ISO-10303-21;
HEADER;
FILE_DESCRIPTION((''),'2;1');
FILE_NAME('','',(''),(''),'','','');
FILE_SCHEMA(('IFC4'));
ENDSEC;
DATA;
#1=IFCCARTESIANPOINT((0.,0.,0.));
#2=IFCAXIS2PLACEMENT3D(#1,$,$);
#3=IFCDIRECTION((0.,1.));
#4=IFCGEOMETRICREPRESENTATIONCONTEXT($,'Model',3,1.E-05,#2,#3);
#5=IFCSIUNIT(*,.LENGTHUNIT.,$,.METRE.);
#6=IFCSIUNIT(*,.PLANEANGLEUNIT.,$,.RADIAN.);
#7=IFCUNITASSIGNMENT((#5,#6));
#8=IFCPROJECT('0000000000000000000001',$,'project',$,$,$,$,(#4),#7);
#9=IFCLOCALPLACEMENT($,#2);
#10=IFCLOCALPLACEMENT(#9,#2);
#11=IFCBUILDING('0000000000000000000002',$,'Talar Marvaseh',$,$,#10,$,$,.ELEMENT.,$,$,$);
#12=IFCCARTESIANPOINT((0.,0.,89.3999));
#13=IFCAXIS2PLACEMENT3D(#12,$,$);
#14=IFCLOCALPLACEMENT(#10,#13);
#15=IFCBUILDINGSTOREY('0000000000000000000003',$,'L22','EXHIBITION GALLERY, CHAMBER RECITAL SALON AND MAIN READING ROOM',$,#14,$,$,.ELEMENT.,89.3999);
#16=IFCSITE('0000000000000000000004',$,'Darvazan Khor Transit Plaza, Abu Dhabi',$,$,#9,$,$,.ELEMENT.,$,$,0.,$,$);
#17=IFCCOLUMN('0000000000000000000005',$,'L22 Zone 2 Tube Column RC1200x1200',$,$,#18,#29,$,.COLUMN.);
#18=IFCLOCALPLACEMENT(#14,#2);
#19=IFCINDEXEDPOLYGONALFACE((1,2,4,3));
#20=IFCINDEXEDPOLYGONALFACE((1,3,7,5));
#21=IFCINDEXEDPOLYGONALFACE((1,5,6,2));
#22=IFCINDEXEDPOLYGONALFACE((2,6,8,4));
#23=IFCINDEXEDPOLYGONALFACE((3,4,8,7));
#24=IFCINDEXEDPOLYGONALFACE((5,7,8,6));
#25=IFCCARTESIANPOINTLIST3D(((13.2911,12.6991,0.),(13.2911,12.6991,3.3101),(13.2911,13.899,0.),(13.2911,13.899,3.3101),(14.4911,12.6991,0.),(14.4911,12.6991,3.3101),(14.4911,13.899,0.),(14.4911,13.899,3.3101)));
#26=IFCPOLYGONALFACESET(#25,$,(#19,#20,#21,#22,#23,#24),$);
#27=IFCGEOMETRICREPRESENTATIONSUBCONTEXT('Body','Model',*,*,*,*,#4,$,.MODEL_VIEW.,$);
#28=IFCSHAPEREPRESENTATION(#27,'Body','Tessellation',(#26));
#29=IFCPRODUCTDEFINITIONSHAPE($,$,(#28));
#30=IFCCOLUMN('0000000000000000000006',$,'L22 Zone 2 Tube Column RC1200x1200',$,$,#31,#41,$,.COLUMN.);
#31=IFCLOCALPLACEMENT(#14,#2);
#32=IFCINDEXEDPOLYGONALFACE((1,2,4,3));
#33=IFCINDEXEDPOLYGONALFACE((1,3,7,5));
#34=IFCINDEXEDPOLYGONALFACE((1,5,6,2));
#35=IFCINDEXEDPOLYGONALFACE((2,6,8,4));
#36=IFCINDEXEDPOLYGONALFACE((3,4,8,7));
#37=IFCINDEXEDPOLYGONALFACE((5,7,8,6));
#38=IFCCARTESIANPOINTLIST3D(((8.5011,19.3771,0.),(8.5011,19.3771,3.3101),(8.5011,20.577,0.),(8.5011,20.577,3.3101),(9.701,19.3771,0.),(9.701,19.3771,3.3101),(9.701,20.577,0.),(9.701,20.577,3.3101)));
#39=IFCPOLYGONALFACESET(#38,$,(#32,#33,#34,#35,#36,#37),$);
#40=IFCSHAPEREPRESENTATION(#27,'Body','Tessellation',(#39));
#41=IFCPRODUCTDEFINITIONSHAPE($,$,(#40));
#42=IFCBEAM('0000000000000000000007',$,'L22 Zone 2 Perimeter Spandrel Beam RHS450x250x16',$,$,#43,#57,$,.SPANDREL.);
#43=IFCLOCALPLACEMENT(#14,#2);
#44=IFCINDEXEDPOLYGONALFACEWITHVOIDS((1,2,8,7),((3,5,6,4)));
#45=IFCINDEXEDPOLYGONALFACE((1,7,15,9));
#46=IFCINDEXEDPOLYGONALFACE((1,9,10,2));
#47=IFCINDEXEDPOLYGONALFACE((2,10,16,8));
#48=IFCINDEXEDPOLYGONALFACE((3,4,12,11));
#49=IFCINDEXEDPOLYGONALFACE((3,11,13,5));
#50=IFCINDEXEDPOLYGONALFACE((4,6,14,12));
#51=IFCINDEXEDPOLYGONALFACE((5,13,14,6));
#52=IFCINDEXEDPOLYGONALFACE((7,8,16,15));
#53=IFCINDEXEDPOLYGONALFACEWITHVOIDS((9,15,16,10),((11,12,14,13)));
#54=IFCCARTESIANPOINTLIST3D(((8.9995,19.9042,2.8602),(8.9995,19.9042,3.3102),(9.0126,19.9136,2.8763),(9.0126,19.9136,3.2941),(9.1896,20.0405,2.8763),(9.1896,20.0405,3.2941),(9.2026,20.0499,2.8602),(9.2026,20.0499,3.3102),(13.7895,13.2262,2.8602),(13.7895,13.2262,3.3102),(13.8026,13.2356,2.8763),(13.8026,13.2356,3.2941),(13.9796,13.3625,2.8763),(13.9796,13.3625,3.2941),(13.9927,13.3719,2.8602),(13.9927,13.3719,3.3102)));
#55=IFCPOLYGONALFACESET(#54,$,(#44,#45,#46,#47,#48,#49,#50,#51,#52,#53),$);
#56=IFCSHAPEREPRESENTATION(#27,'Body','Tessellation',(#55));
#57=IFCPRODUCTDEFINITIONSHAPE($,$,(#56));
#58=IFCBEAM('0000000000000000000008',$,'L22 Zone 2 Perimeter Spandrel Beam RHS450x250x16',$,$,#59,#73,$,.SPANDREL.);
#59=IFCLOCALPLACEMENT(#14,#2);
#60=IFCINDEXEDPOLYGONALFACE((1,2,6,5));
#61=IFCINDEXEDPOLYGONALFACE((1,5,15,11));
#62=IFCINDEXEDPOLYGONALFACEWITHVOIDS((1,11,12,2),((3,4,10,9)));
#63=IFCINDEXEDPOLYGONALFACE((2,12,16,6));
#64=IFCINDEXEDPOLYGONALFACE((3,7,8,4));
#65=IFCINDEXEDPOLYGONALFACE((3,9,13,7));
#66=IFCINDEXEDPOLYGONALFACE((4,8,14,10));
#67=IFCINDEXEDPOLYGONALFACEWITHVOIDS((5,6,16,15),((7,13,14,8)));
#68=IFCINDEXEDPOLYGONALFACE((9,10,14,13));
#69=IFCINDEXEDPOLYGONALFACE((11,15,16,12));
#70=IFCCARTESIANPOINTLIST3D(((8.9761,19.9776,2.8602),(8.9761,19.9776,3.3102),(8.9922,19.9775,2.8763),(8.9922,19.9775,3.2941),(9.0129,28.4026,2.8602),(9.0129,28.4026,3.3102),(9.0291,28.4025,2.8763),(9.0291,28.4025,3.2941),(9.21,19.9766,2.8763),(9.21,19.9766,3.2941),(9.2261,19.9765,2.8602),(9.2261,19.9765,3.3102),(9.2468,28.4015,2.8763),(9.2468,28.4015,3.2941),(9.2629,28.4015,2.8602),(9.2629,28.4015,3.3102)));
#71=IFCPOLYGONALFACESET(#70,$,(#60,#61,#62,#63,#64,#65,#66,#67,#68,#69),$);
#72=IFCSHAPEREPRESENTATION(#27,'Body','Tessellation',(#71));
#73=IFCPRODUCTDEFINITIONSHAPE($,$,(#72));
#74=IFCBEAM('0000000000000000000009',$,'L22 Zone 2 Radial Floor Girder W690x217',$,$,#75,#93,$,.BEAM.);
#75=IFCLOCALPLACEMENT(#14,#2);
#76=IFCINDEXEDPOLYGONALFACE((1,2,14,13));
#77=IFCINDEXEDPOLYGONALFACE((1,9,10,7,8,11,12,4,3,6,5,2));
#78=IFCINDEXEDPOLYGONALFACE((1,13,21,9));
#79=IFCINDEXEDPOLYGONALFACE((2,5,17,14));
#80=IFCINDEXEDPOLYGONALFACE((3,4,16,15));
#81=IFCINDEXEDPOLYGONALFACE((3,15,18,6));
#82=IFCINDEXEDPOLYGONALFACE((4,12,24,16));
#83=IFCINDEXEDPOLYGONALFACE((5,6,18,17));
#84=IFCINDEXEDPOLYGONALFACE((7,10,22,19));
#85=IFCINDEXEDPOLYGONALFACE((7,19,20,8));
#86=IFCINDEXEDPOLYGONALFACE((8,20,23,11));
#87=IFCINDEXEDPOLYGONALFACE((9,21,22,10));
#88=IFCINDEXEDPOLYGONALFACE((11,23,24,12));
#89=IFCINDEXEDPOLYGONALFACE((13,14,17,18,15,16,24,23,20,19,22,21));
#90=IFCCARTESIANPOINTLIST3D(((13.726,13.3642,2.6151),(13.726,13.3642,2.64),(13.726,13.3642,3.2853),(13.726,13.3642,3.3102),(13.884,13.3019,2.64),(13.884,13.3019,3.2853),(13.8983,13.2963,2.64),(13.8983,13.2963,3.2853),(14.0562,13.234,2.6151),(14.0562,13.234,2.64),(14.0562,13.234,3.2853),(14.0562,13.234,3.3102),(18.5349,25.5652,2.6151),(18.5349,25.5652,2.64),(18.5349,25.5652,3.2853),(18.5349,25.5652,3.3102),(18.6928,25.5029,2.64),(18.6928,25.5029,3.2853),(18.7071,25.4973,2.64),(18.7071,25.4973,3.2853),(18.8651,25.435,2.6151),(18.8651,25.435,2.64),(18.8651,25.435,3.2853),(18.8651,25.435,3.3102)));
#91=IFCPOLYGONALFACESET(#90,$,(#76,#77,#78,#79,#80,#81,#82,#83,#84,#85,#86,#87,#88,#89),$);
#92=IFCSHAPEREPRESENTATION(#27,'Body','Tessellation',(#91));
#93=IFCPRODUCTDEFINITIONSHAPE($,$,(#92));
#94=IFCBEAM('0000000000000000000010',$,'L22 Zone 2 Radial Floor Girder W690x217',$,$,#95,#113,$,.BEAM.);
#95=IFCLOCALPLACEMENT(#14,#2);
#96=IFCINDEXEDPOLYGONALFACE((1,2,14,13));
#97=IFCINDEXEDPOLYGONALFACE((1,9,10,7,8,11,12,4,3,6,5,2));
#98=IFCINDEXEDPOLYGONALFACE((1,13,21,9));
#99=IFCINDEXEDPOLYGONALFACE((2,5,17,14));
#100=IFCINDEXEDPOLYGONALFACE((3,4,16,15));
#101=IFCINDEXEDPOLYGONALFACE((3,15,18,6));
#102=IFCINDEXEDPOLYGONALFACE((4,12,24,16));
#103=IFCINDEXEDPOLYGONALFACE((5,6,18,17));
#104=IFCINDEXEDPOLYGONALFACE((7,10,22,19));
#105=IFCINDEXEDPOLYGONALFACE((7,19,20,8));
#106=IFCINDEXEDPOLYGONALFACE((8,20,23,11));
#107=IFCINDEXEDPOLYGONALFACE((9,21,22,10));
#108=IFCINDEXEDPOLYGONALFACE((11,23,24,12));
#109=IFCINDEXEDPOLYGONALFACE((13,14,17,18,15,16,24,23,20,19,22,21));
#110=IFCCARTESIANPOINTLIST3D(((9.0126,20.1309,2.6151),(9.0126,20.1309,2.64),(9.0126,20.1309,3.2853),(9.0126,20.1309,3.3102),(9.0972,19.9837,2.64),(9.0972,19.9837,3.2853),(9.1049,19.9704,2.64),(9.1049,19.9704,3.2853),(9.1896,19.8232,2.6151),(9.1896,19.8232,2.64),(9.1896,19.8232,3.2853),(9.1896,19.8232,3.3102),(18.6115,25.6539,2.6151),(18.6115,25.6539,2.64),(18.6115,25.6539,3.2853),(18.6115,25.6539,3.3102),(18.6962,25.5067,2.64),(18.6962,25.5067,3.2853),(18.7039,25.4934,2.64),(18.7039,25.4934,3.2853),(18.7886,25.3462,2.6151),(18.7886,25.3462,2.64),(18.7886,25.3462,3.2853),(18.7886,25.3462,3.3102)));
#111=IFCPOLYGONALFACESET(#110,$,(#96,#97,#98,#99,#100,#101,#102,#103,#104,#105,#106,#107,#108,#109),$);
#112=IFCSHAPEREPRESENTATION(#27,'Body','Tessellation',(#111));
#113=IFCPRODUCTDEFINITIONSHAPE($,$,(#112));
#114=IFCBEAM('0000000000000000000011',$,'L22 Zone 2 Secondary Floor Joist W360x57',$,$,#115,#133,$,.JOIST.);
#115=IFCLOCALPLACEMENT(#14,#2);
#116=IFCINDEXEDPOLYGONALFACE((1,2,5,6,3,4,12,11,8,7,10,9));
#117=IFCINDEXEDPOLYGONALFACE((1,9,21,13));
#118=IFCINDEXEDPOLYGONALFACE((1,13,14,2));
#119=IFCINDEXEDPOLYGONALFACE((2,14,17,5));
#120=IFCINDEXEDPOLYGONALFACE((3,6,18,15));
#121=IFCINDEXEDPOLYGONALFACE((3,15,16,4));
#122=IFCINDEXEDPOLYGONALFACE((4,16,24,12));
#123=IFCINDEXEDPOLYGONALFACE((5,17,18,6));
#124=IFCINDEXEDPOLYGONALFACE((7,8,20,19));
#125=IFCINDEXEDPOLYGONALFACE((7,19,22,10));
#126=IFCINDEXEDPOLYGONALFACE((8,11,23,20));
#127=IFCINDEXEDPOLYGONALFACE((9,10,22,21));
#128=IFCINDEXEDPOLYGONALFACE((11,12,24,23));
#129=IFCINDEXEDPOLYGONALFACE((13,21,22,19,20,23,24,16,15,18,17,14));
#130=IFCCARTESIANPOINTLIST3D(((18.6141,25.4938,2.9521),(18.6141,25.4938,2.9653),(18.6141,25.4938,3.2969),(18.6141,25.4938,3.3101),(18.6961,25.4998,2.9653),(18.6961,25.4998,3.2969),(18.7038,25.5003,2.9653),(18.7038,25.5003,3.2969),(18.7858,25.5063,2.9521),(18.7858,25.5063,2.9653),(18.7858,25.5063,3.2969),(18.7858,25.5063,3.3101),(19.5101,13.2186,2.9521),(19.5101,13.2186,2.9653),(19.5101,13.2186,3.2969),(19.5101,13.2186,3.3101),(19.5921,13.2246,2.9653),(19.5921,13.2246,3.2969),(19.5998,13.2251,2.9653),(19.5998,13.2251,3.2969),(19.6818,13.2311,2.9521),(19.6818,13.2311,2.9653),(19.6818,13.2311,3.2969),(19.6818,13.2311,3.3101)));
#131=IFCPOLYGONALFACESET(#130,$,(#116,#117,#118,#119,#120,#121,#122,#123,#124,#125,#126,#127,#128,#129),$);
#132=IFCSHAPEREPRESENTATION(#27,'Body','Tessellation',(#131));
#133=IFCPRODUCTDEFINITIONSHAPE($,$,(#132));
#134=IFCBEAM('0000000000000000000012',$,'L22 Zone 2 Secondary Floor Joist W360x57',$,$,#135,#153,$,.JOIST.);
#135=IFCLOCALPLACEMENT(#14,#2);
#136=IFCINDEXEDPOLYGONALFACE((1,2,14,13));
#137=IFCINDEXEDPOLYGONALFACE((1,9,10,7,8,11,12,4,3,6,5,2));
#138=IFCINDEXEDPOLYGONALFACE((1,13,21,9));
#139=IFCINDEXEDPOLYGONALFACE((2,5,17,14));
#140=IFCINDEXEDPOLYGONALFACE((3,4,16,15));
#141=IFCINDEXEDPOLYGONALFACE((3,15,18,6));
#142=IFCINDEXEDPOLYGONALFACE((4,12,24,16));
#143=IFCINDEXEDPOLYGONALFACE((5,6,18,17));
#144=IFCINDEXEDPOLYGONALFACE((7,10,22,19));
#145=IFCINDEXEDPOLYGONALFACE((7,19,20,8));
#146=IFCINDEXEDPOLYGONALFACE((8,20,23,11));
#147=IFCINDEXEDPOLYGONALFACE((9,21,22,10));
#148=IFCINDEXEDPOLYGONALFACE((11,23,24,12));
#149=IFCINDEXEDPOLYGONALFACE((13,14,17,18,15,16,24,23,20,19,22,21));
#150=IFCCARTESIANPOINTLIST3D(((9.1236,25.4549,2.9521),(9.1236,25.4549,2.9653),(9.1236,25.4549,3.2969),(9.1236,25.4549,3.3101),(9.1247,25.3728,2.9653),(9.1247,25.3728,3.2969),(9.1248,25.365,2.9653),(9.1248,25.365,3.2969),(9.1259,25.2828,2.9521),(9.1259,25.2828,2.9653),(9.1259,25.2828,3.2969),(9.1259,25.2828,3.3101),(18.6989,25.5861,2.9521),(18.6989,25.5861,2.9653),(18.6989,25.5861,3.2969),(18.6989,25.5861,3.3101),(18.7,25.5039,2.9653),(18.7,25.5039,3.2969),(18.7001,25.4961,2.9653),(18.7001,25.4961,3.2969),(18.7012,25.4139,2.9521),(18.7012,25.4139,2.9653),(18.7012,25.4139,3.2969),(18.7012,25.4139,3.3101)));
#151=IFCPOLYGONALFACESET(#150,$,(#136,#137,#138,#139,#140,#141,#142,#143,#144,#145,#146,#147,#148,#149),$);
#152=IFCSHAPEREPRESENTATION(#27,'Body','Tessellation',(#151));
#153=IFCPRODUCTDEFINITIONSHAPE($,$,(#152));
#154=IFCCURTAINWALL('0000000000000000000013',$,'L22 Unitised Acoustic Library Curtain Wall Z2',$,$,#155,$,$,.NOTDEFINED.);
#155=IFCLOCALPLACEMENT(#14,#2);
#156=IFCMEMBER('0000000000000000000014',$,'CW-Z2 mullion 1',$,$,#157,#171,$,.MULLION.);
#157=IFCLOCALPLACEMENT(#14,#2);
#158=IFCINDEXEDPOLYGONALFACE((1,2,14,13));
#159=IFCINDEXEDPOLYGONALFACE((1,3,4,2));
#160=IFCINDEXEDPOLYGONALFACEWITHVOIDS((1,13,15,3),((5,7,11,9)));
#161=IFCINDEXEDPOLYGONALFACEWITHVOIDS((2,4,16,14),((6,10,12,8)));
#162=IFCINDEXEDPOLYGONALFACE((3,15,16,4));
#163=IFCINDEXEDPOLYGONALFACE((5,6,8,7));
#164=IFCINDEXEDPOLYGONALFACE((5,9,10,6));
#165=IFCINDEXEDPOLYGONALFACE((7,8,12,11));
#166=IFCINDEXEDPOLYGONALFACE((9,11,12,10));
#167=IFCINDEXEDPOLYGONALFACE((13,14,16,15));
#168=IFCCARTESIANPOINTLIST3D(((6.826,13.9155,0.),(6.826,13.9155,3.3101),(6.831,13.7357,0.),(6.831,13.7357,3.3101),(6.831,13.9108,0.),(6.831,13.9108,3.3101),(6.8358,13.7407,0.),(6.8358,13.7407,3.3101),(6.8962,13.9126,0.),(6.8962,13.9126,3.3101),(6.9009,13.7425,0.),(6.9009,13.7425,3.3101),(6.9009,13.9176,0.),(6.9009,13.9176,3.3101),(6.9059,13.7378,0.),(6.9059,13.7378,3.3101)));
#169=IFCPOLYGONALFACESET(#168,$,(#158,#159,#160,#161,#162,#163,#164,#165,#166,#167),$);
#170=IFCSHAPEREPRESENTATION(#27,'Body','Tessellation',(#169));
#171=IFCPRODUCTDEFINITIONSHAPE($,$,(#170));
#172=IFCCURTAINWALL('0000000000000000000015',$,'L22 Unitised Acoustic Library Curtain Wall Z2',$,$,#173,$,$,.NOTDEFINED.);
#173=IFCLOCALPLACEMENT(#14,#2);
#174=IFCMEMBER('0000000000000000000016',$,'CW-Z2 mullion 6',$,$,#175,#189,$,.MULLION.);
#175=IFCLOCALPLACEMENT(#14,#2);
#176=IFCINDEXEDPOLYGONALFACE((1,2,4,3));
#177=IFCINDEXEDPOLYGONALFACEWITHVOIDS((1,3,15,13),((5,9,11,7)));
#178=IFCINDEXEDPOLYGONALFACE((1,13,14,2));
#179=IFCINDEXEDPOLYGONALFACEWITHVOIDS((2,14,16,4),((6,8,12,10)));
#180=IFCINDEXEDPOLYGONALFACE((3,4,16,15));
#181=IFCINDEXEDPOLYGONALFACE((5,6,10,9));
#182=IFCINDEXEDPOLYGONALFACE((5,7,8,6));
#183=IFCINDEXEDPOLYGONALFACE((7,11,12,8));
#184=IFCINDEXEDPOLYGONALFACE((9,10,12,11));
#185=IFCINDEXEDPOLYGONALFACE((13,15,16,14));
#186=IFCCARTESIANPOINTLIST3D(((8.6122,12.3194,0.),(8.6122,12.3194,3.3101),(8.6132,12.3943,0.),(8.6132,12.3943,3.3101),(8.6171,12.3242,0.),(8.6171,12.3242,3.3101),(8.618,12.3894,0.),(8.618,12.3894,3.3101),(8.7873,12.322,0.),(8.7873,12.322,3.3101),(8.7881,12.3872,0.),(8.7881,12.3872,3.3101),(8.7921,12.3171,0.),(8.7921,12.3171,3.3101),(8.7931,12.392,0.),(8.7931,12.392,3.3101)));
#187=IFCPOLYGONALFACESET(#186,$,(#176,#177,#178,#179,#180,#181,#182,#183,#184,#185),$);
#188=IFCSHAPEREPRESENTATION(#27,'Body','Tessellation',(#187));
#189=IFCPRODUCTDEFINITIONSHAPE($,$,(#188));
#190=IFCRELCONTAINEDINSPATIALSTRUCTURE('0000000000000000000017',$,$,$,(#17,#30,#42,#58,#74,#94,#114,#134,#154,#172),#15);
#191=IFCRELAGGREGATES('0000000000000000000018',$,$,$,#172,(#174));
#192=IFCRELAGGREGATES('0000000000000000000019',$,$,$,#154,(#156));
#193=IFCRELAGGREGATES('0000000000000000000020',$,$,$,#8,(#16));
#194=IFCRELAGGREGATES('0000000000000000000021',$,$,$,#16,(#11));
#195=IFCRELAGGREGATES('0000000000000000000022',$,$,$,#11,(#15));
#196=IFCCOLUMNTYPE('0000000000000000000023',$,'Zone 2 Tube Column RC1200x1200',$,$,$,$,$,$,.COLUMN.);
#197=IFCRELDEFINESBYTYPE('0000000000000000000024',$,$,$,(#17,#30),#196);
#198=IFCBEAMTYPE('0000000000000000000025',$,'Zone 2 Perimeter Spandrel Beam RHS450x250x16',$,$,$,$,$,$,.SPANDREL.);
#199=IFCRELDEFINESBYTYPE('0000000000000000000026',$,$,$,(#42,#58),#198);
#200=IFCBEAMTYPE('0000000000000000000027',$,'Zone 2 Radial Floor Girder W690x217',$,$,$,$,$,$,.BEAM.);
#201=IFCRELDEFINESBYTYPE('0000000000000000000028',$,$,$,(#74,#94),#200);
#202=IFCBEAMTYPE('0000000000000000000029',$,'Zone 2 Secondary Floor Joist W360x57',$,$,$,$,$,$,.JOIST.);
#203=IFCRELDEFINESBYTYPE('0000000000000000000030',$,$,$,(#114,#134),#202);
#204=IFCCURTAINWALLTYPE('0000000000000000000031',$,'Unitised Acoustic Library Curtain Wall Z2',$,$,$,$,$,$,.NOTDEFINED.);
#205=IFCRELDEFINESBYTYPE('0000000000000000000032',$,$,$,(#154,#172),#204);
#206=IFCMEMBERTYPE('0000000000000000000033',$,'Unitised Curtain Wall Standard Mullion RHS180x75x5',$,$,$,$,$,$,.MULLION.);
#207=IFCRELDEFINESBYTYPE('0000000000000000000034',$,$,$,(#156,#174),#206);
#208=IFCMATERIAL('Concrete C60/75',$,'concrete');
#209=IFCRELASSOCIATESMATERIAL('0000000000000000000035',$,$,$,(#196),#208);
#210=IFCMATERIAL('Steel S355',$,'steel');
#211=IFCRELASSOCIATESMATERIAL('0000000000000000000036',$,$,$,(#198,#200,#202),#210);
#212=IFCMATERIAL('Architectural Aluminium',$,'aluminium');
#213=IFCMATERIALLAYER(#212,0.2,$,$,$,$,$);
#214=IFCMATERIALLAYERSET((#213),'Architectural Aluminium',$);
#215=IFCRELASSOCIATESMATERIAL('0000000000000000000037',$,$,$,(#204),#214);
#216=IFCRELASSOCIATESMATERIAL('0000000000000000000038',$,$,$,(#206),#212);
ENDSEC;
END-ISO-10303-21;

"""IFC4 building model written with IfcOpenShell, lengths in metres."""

from ifc_helpers import new_model, si_unit, direction, frame, origin, origin_2d, place, context, subcontext, project, spatial, rectangle, hollow_rectangle, i_section, extrude, source, transform, mapped, material, layer, layer_set, material_profile, profile_set, type_object, type_shapes, element, aggregate, save


model = new_model("IFC4")

# Units and contexts
model_context = context("Model", 3, precision=1e-05, world=origin(), true_north=direction((0.0, 1.0)))
body_context = subcontext(model_context, "Body", "Model", "MODEL_VIEW")
ifc_project = project(units=[si_unit("LENGTHUNIT", "METRE"), si_unit("PLANEANGLEUNIT", "RADIAN")], contexts=[model_context])

# Site, building, storey
site_placement = place(None, origin())
site = spatial("IfcSite", under=ifc_project, at=site_placement, Name="Darvazan Khor Transit Plaza, Abu Dhabi", CompositionType="ELEMENT", RefElevation=0.0)
building_placement = place(site_placement, origin())
building = spatial("IfcBuilding", under=site, at=building_placement, Name="Talar Marvaseh", CompositionType="ELEMENT")
storey_placement = place(building_placement, frame((0.0, 0.0, 89.3999)))
storey = spatial("IfcBuildingStorey", under=building, at=storey_placement, Name="L22", Description="EXHIBITION GALLERY, CHAMBER RECITAL SALON AND MAIN READING ROOM", CompositionType="ELEMENT", Elevation=89.3999)

# Columns
ifc_material_1 = material(Name="Concrete C60/75", Category="concrete")
ifc_material_profile_1 = material_profile(ifc_material_1, rectangle(XDim=1.2, YDim=1.2, at=origin_2d()), Name="RC1200x1200")
ifc_profile_set_1 = profile_set([ifc_material_profile_1], Name="Concrete C60/75")
column_type = type_object("IfcColumnType", Name="Zone 2 Tube Column RC1200x1200", PredefinedType="COLUMN", material=ifc_profile_set_1)
for number, where, z_axis, x_axis, name in (
    (1, (13.8911, 13.2991, 0.0), (0.0, 0.0, 1.0), (1.0, 0.0, 0.0), "L22 Zone 2 Tube Column RC1200x1200"),
    (2, (9.1011, 19.9771, 0.0), (0.0, 0.0, 1.0), (1.0, 0.0, 0.0), "L22 Zone 2 Tube Column RC1200x1200"),
):
    element("IfcColumn", number, at=place(storey_placement, frame(where, z_axis=z_axis, x_axis=x_axis)), inside=storey, type_object=column_type, Name=name, PredefinedType="COLUMN", context=body_context, shape_type="SweptSolid", body=[
        extrude(rectangle(XDim=1.2, YDim=1.2, at=origin_2d()), origin(), (0.0, 0.0, 1.0), 3.3101),
    ])

# Beams
ifc_material_2 = material(Name="Steel S355", Category="steel")
ifc_material_profile_2 = material_profile(ifc_material_2, hollow_rectangle(XDim=0.25, YDim=0.45, WallThickness=0.0161, at=origin_2d()), Name="RHS450x250x16")
ifc_profile_set_2 = profile_set([ifc_material_profile_2], Name="Steel S355")
beam_type_1 = type_object("IfcBeamType", Name="Zone 2 Perimeter Spandrel Beam RHS450x250x16", PredefinedType="SPANDREL", material=ifc_profile_set_2)
beam_1_placement = place(storey_placement, frame((13.8911, 13.2991, 3.0852), z_axis=(-0.582853, 0.812578, 0.0), x_axis=(-0.812578, -0.582853, 0.0)))
element("IfcBeam", 3, at=beam_1_placement, inside=storey, type_object=beam_type_1, Name="L22 Zone 2 Perimeter Spandrel Beam RHS450x250x16", PredefinedType="SPANDREL", context=body_context, shape_type="SweptSolid", body=[
    extrude(hollow_rectangle(XDim=0.25, YDim=0.45, WallThickness=0.0161, at=origin_2d()), origin(), (0.0, 0.0, 1.0), 8.2183),
])
beam_2_placement = place(storey_placement, frame((9.1011, 19.9771, 3.0852), z_axis=(0.004376, 0.99999, 0.0), x_axis=(-0.99999, 0.004376, 0.0)))
element("IfcBeam", 4, at=beam_2_placement, inside=storey, type_object=beam_type_1, Name="L22 Zone 2 Perimeter Spandrel Beam RHS450x250x16", PredefinedType="SPANDREL", context=body_context, shape_type="SweptSolid", body=[
    extrude(hollow_rectangle(XDim=0.25, YDim=0.45, WallThickness=0.0161, at=origin_2d()), origin(), (0.0, 0.0, 1.0), 8.425),
])
ifc_material_profile_3 = material_profile(ifc_material_2, i_section(OverallWidth=0.355, OverallDepth=0.6951, WebThickness=0.0154, FlangeThickness=0.0249, at=origin_2d()), Name="W690x217")
ifc_profile_set_3 = profile_set([ifc_material_profile_3], Name="Steel S355")
beam_type_2 = type_object("IfcBeamType", Name="Zone 2 Radial Floor Girder W690x217", PredefinedType="BEAM", material=ifc_profile_set_3)
beam_3_placement = place(storey_placement, frame((13.8911, 13.2991, 2.9626), z_axis=(0.366684, 0.930346, 0.0), x_axis=(-0.930346, 0.366684, 0.0)))
element("IfcBeam", 5, at=beam_3_placement, inside=storey, type_object=beam_type_2, Name="L22 Zone 2 Radial Floor Girder W690x217", PredefinedType="BEAM", context=body_context, shape_type="SweptSolid", body=[
    extrude(i_section(OverallWidth=0.355, OverallDepth=0.6951, WebThickness=0.0154, FlangeThickness=0.0249, at=origin_2d()), origin(), (0.0, 0.0, 1.0), 13.1145),
])
beam_4_placement = place(storey_placement, frame((9.1011, 19.9771, 2.9626), z_axis=(0.866766, 0.498715, 0.0), x_axis=(-0.498715, 0.866766, 0.0)))
element("IfcBeam", 6, at=beam_4_placement, inside=storey, type_object=beam_type_2, Name="L22 Zone 2 Radial Floor Girder W690x217", PredefinedType="BEAM", context=body_context, shape_type="SweptSolid", body=[
    extrude(i_section(OverallWidth=0.355, OverallDepth=0.6951, WebThickness=0.0154, FlangeThickness=0.0249, at=origin_2d()), origin(), (0.0, 0.0, 1.0), 11.0745),
])
ifc_material_profile_4 = material_profile(ifc_material_2, i_section(OverallWidth=0.1721, OverallDepth=0.3579, WebThickness=0.0078, FlangeThickness=0.0132, at=origin_2d()), Name="W360x57")
ifc_profile_set_4 = profile_set([ifc_material_profile_4], Name="Steel S355")
beam_type_3 = type_object("IfcBeamType", Name="Zone 2 Secondary Floor Joist W360x57", PredefinedType="JOIST", material=ifc_profile_set_4)
beam_5_placement = place(storey_placement, frame((19.5959, 13.2249, 3.1311), z_axis=(-0.072799, 0.997347, 0.0), x_axis=(-0.997347, -0.072799, 0.0)))
element("IfcBeam", 7, at=beam_5_placement, inside=storey, type_object=beam_type_3, Name="L22 Zone 2 Secondary Floor Joist W360x57", PredefinedType="JOIST", context=body_context, shape_type="SweptSolid", body=[
    extrude(i_section(OverallWidth=0.1721, OverallDepth=0.3579, WebThickness=0.0078, FlangeThickness=0.0132, at=origin_2d()), origin(), (0.0, 0.0, 1.0), 12.3079),
])
beam_6_placement = place(storey_placement, frame((9.1248, 25.3689, 3.1311), z_axis=(0.999906, 0.013691, 0.0), x_axis=(-0.013691, 0.999906, 0.0)))
element("IfcBeam", 8, at=beam_6_placement, inside=storey, type_object=beam_type_3, Name="L22 Zone 2 Secondary Floor Joist W360x57", PredefinedType="JOIST", context=body_context, shape_type="SweptSolid", body=[
    extrude(i_section(OverallWidth=0.1721, OverallDepth=0.3579, WebThickness=0.0078, FlangeThickness=0.0132, at=origin_2d()), origin(), (0.0, 0.0, 1.0), 9.5762),
])

# Curtain walls, members
ifc_material_3 = material(Name="Architectural Aluminium", Category="aluminium")
ifc_layer_1 = layer(ifc_material_3, 0.2)
ifc_layer_set_1 = layer_set([ifc_layer_1], Name="Architectural Aluminium")
curtain_wall_type = type_object("IfcCurtainWallType", Name="Unitised Acoustic Library Curtain Wall Z2", PredefinedType="NOTDEFINED", material=ifc_layer_set_1)
curtain_wall_1_placement = place(storey_placement, origin())
curtain_wall_1 = element("IfcCurtainWall", 9, at=curtain_wall_1_placement, inside=storey, type_object=curtain_wall_type, Name="L22 Unitised Acoustic Library Curtain Wall Z2", PredefinedType="NOTDEFINED")
ifc_material_profile_5 = material_profile(ifc_material_3, hollow_rectangle(XDim=0.075, YDim=0.1799, WallThickness=0.0049, at=origin_2d()), Name="RHS180x75x5")
ifc_profile_set_5 = profile_set([ifc_material_profile_5], Name="Architectural Aluminium")
member_type_1 = type_object("IfcMemberType", Name="Unitised Curtain Wall Standard Mullion RHS180x75x5", PredefinedType="MULLION", material=ifc_profile_set_5)
shared_shape_1 = source(origin(), body_context, "Body", "SweptSolid", [
    extrude(hollow_rectangle(XDim=0.075, YDim=0.1799, WallThickness=0.0049, at=origin_2d()), origin(), (0.0, 0.0, 1.0), 3.3101),
])
type_shapes(member_type_1, [shared_shape_1])
member_1_placement = place(storey_placement, frame((6.866, 13.8267, 0.0), z_axis=(0.0, 0.0, 1.0), x_axis=(-0.999612, -0.027857, 0.0)))
member_1 = element("IfcMember", 10, at=member_1_placement, type_object=member_type_1, Name="CW-Z2 mullion 1", PredefinedType="MULLION", context=body_context, shape_type="MappedRepresentation", body=[
    mapped(shared_shape_1, transform((0.0, 0.0, 0.0), x_axis=(1.0, 0.0, 0.0), y_axis=(0.0, 1.0, 0.0), z_axis=(0.0, 0.0, 1.0), scale=1.0)),
])
curtain_wall_2_placement = place(storey_placement, origin())
curtain_wall_2 = element("IfcCurtainWall", 11, at=curtain_wall_2_placement, inside=storey, type_object=curtain_wall_type, Name="L22 Unitised Acoustic Library Curtain Wall Z2", PredefinedType="NOTDEFINED")
member_2_placement = place(storey_placement, frame((8.7026, 12.3557, 0.0), z_axis=(0.0, 0.0, 1.0), x_axis=(-0.012934, -0.999916, 0.0)))
member_2 = element("IfcMember", 12, at=member_2_placement, type_object=member_type_1, Name="CW-Z2 mullion 6", PredefinedType="MULLION", context=body_context, shape_type="MappedRepresentation", body=[
    mapped(shared_shape_1, transform((0.0, 0.0, 0.0), x_axis=(1.0, 0.0, 0.0), y_axis=(0.0, 1.0, 0.0), z_axis=(0.0, 0.0, 1.0), scale=1.0)),
])
aggregate(curtain_wall_2, [member_2])

aggregate(curtain_wall_1, [member_1])

save(model, "model.ifc")
